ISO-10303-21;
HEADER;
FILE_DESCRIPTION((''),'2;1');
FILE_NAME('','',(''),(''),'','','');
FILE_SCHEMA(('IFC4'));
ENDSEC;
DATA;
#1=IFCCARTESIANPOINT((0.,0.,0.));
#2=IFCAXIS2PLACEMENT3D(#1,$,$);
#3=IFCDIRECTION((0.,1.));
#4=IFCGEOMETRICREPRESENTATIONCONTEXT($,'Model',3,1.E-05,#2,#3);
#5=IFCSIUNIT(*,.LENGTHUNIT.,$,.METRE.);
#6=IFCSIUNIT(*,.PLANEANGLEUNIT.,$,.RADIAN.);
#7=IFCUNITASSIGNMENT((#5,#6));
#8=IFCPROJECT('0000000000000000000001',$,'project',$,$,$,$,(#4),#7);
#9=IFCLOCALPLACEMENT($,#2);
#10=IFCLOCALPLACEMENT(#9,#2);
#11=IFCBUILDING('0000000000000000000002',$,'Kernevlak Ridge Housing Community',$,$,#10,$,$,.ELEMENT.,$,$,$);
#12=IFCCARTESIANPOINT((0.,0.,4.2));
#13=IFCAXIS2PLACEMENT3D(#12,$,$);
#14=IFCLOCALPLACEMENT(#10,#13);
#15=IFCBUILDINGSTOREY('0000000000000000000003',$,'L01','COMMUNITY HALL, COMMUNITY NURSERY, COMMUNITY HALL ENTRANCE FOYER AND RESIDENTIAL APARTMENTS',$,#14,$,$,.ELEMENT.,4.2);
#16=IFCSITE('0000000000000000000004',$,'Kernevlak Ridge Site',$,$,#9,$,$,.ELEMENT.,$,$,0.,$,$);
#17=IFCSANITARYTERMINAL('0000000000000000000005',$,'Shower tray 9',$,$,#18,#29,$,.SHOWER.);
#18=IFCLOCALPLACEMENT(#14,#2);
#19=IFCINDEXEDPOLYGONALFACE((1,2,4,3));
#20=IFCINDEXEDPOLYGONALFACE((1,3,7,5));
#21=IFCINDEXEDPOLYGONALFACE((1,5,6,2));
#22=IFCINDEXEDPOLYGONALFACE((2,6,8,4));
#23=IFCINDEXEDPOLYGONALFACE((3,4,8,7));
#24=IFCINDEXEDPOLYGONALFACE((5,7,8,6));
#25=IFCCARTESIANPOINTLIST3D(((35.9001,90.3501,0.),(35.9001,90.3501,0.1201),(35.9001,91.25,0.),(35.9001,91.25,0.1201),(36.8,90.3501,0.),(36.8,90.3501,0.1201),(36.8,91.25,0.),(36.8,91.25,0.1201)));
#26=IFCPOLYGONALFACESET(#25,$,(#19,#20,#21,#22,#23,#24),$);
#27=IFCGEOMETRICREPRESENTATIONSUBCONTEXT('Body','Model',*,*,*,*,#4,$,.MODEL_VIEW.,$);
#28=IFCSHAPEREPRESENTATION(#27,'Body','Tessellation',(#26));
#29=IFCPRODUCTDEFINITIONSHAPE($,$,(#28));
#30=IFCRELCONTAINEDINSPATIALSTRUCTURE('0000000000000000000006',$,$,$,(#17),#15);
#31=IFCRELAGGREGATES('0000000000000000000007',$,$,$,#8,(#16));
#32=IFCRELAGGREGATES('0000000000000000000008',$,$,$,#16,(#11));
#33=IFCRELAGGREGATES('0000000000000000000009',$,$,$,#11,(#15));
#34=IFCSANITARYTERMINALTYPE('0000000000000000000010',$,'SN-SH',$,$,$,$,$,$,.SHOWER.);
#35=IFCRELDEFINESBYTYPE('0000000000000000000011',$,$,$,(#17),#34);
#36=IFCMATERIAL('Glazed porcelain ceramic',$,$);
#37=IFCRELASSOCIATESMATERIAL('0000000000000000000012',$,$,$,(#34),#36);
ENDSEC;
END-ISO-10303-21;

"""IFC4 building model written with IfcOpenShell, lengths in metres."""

from ifc_helpers import new_model, si_unit, direction, frame, origin, origin_2d, place, context, subcontext, project, spatial, rectangle, extrude, material, type_object, element, save


model = new_model("IFC4")

# Units and contexts
model_context = context("Model", 3, precision=1e-05, world=origin(), true_north=direction((0.0, 1.0)))
body_context = subcontext(model_context, "Body", "Model", "MODEL_VIEW")
ifc_project = project(units=[si_unit("LENGTHUNIT", "METRE"), si_unit("PLANEANGLEUNIT", "RADIAN")], contexts=[model_context])

# Site, building, storey
site_placement = place(None, origin())
site = spatial("IfcSite", under=ifc_project, at=site_placement, Name="Kernevlak Ridge Site", CompositionType="ELEMENT", RefElevation=0.0)
building_placement = place(site_placement, origin())
building = spatial("IfcBuilding", under=site, at=building_placement, Name="Kernevlak Ridge Housing Community", CompositionType="ELEMENT")
storey_placement = place(building_placement, frame((0.0, 0.0, 4.2)))
storey = spatial("IfcBuildingStorey", under=building, at=storey_placement, Name="L01", Description="COMMUNITY HALL, COMMUNITY NURSERY, COMMUNITY HALL ENTRANCE FOYER AND RESIDENTIAL APARTMENTS", CompositionType="ELEMENT", Elevation=4.2)

# Sanitary terminal
ifc_material_1 = material(Name="Glazed porcelain ceramic")
sanitary_terminal_type_1 = type_object("IfcSanitaryTerminalType", Name="SN-SH", PredefinedType="SHOWER", material=ifc_material_1)
sanitary_terminal_1_placement = place(storey_placement, frame((36.3501, 90.8, 0.0), z_axis=(0.0, 0.0, 1.0), x_axis=(1.0, 0.0, 0.0)))
element("IfcSanitaryTerminal", 1, at=sanitary_terminal_1_placement, inside=storey, type_object=sanitary_terminal_type_1, Name="Shower tray 9", PredefinedType="SHOWER", context=body_context, shape_type="SweptSolid", body=[
    extrude(rectangle(XDim=0.8999, YDim=0.8999, at=origin_2d()), origin(), (0.0, 0.0, 1.0), 0.1201),
])

save(model, "model.ifc")
